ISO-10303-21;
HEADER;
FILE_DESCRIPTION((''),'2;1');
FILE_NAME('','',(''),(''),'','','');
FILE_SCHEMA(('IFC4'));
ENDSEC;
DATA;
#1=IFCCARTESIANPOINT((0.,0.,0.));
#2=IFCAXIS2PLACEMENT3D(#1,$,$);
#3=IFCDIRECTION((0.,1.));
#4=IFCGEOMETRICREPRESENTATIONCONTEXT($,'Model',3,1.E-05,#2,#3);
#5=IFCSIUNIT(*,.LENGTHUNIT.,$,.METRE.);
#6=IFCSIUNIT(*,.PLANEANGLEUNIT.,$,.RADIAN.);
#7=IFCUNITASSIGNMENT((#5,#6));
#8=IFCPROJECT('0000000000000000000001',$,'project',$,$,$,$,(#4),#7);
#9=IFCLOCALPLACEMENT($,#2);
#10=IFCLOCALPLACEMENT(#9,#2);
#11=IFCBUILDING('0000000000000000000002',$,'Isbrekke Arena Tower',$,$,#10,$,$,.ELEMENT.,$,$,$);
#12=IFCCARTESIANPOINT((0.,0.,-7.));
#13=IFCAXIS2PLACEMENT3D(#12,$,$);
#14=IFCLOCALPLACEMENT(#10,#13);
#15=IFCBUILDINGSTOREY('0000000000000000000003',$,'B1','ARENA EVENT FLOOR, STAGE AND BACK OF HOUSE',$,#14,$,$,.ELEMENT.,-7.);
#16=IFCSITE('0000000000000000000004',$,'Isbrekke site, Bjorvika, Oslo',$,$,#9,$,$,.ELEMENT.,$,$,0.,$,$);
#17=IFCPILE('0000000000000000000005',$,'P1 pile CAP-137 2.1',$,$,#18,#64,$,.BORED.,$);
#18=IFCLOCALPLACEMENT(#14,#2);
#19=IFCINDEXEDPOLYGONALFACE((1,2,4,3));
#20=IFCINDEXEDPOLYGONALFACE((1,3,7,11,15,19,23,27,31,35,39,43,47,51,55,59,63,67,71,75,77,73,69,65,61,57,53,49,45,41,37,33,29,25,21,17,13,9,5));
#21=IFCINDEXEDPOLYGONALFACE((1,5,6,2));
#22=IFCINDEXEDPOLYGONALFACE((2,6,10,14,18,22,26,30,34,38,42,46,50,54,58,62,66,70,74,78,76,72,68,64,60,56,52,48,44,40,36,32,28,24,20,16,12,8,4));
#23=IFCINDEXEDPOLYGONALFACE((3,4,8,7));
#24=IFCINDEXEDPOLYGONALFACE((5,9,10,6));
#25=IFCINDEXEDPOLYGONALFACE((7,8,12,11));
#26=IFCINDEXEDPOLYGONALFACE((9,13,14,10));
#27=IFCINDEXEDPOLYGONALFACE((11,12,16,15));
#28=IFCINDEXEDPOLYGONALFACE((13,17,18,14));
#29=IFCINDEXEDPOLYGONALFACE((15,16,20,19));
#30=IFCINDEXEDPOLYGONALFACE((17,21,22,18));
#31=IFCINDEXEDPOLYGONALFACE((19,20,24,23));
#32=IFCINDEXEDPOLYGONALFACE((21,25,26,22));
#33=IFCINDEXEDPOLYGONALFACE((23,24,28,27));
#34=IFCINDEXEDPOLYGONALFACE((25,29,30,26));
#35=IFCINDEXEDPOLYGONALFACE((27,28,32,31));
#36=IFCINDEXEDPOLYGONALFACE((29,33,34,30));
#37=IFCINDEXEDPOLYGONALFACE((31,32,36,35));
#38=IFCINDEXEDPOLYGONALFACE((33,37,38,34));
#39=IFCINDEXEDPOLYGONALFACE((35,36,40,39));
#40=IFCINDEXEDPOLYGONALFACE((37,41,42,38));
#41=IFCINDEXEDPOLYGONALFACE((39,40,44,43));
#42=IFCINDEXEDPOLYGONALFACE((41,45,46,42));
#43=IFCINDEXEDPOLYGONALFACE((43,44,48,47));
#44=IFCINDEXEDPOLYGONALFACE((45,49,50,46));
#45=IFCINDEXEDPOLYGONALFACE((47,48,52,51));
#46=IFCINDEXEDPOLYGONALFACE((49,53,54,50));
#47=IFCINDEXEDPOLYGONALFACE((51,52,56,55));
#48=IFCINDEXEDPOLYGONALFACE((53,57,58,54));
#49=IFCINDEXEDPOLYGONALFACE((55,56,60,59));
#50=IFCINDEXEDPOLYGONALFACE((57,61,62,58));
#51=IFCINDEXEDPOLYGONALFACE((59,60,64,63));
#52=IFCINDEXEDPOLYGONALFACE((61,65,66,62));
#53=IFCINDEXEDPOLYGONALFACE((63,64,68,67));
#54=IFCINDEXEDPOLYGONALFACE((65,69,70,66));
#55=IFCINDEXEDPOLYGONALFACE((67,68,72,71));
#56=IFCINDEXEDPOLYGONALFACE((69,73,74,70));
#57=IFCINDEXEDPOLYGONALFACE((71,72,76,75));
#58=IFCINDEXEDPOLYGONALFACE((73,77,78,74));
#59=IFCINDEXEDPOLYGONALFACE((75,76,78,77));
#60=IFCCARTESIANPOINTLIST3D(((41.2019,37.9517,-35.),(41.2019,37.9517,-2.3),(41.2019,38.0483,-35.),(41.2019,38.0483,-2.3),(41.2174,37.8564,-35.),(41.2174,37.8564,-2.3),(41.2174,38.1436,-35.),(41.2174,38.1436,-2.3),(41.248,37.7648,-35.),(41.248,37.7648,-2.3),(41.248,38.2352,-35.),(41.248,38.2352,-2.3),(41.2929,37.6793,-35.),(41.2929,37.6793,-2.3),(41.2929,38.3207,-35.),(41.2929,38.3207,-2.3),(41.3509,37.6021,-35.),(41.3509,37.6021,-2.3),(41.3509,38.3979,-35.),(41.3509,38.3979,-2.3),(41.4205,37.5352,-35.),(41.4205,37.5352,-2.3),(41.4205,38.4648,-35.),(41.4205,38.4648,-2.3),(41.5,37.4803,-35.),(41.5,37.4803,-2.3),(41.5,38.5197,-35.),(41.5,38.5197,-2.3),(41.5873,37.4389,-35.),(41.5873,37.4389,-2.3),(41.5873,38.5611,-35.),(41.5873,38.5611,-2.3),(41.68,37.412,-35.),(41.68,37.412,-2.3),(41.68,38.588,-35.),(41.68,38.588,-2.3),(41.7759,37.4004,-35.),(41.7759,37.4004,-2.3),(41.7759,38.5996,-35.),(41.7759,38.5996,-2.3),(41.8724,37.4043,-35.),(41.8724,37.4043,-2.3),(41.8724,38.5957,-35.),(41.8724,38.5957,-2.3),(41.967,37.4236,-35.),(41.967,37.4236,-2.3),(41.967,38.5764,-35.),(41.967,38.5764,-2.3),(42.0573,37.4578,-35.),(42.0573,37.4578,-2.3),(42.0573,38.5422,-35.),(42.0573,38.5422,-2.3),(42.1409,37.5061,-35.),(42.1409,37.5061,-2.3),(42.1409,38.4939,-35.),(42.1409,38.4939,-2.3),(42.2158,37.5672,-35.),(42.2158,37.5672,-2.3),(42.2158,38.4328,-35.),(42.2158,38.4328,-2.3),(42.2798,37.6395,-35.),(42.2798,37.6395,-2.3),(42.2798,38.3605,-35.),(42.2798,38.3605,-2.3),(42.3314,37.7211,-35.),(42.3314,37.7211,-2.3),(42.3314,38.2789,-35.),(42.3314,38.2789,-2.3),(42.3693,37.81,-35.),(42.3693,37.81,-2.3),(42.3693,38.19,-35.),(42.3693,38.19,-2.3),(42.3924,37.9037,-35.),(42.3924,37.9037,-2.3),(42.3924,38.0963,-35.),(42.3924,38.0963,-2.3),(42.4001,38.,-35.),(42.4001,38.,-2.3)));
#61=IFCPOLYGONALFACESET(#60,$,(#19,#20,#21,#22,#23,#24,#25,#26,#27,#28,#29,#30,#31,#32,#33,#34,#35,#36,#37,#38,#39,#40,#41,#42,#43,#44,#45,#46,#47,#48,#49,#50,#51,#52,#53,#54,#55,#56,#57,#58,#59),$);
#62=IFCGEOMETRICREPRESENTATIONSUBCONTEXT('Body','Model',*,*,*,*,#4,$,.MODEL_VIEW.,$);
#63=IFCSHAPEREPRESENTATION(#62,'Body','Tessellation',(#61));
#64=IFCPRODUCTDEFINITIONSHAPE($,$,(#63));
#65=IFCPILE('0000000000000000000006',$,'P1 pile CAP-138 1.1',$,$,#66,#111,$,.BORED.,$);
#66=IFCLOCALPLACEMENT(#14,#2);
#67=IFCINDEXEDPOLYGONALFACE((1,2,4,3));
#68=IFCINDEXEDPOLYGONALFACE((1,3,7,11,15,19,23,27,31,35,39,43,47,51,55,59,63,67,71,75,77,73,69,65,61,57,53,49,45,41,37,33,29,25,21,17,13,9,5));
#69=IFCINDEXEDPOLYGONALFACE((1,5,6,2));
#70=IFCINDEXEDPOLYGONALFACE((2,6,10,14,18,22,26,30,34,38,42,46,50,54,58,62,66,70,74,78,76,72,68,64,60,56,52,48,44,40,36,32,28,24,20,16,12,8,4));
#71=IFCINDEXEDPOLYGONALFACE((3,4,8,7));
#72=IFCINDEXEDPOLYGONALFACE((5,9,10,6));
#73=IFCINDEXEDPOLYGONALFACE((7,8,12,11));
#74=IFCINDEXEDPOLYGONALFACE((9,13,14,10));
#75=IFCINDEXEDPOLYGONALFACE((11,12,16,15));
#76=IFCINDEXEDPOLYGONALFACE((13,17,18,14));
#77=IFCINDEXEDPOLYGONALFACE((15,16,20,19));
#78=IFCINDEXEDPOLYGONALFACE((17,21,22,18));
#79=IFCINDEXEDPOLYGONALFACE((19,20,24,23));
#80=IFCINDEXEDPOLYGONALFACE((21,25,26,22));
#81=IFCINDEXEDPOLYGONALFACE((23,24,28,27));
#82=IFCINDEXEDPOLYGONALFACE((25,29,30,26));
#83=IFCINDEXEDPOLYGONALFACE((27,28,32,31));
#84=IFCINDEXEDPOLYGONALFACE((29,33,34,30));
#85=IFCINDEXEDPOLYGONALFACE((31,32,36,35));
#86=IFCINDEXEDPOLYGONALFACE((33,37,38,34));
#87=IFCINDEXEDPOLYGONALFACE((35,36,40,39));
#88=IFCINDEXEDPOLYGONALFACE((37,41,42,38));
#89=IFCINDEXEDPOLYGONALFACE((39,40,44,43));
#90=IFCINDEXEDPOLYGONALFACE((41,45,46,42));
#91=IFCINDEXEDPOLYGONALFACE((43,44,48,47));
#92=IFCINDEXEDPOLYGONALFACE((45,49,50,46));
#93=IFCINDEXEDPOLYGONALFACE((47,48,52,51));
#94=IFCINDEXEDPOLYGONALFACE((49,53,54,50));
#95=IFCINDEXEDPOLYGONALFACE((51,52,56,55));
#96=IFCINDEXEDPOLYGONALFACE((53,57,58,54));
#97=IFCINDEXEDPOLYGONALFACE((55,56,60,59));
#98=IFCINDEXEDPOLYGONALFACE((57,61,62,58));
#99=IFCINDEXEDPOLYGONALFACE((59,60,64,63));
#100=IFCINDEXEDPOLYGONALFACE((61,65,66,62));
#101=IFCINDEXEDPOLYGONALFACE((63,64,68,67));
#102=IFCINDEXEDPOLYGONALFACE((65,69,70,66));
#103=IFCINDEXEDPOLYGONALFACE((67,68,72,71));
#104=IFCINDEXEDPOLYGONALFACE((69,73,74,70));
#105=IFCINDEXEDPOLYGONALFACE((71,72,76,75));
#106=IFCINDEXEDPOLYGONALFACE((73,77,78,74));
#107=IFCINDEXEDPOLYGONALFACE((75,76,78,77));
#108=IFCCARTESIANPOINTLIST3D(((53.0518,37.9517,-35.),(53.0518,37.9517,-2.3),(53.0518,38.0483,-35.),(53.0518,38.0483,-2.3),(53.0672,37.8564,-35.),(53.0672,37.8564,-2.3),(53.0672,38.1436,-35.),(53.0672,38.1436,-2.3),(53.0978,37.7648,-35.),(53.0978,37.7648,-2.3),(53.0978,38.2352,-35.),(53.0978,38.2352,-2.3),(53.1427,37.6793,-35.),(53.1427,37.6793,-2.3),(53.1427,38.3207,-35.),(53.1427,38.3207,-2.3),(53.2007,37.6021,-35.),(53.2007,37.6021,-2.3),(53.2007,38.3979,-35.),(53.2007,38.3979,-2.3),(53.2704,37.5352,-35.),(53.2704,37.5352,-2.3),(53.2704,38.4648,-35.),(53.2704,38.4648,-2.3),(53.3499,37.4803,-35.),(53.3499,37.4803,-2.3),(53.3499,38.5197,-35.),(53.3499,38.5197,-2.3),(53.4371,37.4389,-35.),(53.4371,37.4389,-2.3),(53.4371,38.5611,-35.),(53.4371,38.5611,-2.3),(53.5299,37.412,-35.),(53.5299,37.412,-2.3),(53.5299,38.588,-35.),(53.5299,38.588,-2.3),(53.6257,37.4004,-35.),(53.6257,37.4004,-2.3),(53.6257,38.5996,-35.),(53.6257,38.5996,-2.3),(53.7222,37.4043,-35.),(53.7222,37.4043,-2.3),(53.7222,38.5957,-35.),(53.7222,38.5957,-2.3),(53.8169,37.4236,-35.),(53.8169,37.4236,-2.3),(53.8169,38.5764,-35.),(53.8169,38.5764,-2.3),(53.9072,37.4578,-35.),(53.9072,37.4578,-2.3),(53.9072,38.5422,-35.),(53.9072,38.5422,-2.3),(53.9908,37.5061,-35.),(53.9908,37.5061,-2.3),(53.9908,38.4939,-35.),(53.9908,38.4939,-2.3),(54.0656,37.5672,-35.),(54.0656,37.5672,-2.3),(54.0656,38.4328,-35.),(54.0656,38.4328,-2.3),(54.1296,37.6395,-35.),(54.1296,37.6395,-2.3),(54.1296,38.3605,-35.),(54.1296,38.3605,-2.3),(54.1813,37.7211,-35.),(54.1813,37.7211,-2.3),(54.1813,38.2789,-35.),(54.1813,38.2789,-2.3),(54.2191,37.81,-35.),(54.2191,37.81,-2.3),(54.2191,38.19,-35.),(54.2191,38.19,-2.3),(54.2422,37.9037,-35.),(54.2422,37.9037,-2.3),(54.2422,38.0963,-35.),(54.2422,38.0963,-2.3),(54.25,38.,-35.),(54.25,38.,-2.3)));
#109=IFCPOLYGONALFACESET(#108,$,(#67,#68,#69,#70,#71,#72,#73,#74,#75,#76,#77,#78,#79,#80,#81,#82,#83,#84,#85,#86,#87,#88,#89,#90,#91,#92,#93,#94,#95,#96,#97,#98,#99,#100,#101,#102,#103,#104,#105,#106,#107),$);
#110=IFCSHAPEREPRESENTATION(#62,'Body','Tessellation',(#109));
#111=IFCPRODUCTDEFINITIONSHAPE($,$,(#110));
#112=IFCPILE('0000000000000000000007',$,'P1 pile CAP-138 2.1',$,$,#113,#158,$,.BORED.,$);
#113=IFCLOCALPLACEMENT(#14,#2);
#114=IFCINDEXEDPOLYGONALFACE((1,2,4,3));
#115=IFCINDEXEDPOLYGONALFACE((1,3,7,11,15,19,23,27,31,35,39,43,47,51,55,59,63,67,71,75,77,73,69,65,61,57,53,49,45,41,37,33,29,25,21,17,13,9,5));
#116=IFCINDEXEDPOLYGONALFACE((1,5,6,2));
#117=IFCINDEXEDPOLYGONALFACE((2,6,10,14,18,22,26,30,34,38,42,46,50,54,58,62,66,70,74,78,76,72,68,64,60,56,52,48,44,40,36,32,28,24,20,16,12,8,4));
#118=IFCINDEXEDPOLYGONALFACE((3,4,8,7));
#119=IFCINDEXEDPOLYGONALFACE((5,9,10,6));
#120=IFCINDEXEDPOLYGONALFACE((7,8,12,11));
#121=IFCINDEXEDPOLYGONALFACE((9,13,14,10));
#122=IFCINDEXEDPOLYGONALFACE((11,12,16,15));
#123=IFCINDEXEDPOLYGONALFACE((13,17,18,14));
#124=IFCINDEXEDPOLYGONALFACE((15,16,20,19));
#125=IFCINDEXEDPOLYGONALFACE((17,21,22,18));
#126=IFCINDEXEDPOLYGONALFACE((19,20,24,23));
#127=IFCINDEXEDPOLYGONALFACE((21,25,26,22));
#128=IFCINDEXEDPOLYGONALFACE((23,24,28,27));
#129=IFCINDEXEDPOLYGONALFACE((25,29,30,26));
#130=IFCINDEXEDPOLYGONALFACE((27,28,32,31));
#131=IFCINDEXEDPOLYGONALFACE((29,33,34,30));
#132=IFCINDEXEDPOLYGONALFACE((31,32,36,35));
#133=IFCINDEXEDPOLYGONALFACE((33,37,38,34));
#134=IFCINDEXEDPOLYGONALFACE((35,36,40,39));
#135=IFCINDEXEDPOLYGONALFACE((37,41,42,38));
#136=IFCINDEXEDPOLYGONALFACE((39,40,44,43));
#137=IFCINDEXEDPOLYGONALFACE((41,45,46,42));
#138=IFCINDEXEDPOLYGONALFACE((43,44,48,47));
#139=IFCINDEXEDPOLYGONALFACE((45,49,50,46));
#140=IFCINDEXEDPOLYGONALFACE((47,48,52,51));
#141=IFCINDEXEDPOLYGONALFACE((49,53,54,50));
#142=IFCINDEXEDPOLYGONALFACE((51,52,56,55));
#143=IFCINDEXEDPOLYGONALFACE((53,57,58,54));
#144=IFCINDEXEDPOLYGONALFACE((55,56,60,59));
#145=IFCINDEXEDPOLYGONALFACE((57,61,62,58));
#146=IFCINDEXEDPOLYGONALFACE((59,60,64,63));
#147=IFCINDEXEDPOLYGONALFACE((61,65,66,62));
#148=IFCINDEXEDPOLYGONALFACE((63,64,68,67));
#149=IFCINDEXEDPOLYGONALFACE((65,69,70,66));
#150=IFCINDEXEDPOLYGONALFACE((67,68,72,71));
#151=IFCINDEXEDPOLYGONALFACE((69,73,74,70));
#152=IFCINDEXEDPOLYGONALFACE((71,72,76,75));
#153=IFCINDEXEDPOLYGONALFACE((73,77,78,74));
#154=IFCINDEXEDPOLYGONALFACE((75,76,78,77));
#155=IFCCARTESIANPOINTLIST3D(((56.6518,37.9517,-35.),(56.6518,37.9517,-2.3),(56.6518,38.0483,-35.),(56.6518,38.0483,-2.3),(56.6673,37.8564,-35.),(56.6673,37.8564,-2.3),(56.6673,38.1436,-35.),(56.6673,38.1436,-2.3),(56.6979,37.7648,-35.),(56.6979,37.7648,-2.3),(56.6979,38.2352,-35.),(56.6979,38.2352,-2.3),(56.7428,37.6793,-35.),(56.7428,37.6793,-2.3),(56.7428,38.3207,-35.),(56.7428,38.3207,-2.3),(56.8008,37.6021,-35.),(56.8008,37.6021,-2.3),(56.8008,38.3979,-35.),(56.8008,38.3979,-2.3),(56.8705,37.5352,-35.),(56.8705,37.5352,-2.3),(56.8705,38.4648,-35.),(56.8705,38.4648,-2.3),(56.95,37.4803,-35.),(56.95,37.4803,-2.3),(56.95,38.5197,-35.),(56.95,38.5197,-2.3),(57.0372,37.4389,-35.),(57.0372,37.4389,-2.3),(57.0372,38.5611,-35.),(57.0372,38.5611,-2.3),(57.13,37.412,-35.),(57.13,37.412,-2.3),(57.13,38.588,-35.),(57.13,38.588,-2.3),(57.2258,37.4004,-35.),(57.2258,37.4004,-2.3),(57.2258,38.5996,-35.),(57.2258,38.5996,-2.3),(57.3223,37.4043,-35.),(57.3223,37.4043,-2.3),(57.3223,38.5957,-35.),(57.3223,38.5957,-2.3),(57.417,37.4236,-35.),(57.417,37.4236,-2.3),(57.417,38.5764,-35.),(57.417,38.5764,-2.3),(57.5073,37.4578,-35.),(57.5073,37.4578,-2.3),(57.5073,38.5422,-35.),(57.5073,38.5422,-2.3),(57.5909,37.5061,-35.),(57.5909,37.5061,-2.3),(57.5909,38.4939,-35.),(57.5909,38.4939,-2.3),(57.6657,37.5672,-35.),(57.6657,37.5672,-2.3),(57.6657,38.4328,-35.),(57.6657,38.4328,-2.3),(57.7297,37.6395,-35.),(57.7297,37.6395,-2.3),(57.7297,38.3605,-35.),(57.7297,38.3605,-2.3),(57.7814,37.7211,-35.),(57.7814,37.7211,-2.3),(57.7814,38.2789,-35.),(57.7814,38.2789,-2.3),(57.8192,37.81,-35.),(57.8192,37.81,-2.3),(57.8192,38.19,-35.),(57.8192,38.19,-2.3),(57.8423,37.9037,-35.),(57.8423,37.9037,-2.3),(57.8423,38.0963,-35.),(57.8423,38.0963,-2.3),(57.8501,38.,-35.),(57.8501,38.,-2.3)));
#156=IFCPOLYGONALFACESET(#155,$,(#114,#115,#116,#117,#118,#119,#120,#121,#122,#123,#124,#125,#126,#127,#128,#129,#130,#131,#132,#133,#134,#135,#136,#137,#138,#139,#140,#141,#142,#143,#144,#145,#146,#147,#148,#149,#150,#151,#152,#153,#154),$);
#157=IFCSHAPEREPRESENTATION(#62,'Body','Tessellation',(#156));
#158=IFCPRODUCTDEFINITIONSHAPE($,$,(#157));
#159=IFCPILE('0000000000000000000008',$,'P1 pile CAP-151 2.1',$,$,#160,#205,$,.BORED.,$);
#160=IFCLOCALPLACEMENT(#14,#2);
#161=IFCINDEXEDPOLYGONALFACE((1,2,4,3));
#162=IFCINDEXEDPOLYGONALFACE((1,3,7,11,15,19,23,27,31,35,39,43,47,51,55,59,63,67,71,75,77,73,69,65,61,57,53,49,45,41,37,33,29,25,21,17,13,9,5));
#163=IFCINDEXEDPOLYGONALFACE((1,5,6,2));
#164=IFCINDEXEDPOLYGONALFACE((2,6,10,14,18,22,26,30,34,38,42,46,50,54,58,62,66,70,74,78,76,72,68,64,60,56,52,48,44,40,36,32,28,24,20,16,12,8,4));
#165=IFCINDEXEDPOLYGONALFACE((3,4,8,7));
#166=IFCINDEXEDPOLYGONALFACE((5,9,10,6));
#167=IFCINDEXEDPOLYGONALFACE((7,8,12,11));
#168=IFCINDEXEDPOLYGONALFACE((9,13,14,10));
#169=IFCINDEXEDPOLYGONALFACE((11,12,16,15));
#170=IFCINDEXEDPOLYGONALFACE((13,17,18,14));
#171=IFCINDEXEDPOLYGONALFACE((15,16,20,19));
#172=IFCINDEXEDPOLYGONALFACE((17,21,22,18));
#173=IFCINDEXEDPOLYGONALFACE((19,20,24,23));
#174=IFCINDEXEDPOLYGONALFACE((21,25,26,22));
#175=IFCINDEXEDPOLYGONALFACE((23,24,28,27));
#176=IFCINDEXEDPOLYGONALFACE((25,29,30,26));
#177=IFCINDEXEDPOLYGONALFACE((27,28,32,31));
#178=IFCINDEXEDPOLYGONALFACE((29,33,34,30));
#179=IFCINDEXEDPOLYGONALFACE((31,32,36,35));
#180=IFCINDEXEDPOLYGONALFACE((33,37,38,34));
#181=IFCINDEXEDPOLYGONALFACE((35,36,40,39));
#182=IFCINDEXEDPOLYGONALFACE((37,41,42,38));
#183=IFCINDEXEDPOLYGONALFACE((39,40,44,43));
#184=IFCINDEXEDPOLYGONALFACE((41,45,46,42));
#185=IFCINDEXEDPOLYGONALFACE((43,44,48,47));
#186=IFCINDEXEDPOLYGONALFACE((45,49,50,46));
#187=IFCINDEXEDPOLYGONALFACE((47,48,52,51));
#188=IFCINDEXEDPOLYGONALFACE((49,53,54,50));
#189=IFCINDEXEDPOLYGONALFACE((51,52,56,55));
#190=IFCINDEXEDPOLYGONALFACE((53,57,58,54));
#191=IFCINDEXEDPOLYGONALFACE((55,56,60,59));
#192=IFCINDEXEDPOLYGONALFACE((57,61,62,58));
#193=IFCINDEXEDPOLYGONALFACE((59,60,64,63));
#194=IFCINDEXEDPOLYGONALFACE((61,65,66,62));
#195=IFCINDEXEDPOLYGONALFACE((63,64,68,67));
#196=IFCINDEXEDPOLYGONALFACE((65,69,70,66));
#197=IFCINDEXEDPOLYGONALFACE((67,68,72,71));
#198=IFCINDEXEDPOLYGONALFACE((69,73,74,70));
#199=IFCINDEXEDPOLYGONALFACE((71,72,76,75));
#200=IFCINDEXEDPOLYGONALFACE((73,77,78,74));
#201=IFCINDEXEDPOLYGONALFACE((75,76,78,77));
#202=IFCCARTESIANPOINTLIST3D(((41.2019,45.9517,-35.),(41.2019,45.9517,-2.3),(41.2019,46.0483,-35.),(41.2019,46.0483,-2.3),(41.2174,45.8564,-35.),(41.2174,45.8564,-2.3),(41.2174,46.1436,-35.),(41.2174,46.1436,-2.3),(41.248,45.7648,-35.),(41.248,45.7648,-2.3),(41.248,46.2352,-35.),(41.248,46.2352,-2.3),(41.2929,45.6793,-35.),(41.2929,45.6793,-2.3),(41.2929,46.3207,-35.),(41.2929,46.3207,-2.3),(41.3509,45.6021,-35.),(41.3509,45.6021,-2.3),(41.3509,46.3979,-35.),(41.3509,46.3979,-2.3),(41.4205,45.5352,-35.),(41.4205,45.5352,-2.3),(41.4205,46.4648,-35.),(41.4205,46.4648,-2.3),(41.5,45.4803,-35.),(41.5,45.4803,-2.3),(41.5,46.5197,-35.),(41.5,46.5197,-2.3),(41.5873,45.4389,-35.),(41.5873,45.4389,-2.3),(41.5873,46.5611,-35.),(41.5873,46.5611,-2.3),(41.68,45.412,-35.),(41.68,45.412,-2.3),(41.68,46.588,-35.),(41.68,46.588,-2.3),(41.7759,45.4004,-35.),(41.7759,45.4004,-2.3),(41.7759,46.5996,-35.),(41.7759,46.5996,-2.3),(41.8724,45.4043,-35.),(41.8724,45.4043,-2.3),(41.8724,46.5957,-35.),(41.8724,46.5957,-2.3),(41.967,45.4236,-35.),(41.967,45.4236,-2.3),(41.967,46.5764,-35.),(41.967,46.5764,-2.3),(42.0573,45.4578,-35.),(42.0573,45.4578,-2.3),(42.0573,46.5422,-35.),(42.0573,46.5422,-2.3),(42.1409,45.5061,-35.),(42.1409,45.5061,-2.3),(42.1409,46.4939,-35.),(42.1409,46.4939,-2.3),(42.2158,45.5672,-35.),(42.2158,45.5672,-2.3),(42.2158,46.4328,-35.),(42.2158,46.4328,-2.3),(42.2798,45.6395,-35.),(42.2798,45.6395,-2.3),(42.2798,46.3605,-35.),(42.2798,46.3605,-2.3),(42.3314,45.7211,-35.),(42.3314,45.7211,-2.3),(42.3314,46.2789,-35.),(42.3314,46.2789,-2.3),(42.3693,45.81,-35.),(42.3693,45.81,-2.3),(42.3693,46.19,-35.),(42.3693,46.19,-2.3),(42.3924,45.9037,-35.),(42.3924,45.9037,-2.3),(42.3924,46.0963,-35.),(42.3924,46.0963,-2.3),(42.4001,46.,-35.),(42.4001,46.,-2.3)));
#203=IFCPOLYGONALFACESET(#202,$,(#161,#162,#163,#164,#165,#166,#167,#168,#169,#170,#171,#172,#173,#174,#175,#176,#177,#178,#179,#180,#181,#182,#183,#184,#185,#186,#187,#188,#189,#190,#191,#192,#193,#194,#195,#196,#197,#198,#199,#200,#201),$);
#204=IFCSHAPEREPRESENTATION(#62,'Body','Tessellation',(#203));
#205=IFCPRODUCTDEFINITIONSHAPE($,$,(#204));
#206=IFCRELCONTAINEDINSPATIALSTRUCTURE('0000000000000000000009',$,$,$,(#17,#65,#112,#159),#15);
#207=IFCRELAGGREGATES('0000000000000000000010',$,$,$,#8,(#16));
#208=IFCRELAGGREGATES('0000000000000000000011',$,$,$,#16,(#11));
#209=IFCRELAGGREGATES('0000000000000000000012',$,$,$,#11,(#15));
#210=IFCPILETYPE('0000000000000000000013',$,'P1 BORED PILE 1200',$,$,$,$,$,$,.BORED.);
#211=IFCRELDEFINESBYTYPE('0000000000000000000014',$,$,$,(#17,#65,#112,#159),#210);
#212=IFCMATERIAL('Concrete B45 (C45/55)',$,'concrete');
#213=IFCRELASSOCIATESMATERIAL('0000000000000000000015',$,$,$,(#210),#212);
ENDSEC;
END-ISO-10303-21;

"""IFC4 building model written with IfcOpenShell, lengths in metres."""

from ifc_helpers import new_model, si_unit, direction, frame, origin, origin_2d, place, context, subcontext, project, spatial, circle, extrude, material, material_profile, profile_set, type_object, element, save


model = new_model("IFC4")

# Units and contexts
model_context = context("Model", 3, precision=1e-05, world=origin(), true_north=direction((0.0, 1.0)))
body_context = subcontext(model_context, "Body", "Model", "MODEL_VIEW")
ifc_project = project(units=[si_unit("LENGTHUNIT", "METRE"), si_unit("PLANEANGLEUNIT", "RADIAN")], contexts=[model_context])

# Site, building, storey
site_placement = place(None, origin())
site = spatial("IfcSite", under=ifc_project, at=site_placement, Name="Isbrekke site, Bjorvika, Oslo", CompositionType="ELEMENT", RefElevation=0.0)
building_placement = place(site_placement, origin())
building = spatial("IfcBuilding", under=site, at=building_placement, Name="Isbrekke Arena Tower", CompositionType="ELEMENT")
storey_placement = place(building_placement, frame((0.0, 0.0, -7.0)))
storey = spatial("IfcBuildingStorey", under=building, at=storey_placement, Name="B1", Description="ARENA EVENT FLOOR, STAGE AND BACK OF HOUSE", CompositionType="ELEMENT", Elevation=-7.0)

# Piles
ifc_material_1 = material(Name="Concrete B45 (C45/55)", Category="concrete")
ifc_material_profile_1 = material_profile(ifc_material_1, circle(Radius=0.6001, at=origin_2d()), Name="BORED PILE D1200")
ifc_profile_set_1 = profile_set([ifc_material_profile_1], Name="Concrete B45 (C45/55)")
pile_type = type_object("IfcPileType", Name="P1 BORED PILE 1200", PredefinedType="BORED", material=ifc_profile_set_1)
for number, where, z_axis, x_axis, name in (
    (1, (41.8, 38.0, -2.3), (0.0, 0.0, -1.0), (1.0, 0.0, 0.0), "P1 pile CAP-137 2.1"),
    (2, (53.6499, 38.0, -2.3), (0.0, 0.0, -1.0), (1.0, 0.0, 0.0), "P1 pile CAP-138 1.1"),
    (3, (57.25, 38.0, -2.3), (0.0, 0.0, -1.0), (1.0, 0.0, 0.0), "P1 pile CAP-138 2.1"),
    (4, (41.8, 46.0, -2.3), (0.0, 0.0, -1.0), (1.0, 0.0, 0.0), "P1 pile CAP-151 2.1"),
):
    element("IfcPile", number, at=place(storey_placement, frame(where, z_axis=z_axis, x_axis=x_axis)), inside=storey, type_object=pile_type, Name=name, PredefinedType="BORED", context=body_context, shape_type="SweptSolid", body=[
        extrude(circle(Radius=0.6001, at=origin_2d()), origin(), (0.0, 0.0, 1.0), 32.7),
    ])

save(model, "model.ifc")
